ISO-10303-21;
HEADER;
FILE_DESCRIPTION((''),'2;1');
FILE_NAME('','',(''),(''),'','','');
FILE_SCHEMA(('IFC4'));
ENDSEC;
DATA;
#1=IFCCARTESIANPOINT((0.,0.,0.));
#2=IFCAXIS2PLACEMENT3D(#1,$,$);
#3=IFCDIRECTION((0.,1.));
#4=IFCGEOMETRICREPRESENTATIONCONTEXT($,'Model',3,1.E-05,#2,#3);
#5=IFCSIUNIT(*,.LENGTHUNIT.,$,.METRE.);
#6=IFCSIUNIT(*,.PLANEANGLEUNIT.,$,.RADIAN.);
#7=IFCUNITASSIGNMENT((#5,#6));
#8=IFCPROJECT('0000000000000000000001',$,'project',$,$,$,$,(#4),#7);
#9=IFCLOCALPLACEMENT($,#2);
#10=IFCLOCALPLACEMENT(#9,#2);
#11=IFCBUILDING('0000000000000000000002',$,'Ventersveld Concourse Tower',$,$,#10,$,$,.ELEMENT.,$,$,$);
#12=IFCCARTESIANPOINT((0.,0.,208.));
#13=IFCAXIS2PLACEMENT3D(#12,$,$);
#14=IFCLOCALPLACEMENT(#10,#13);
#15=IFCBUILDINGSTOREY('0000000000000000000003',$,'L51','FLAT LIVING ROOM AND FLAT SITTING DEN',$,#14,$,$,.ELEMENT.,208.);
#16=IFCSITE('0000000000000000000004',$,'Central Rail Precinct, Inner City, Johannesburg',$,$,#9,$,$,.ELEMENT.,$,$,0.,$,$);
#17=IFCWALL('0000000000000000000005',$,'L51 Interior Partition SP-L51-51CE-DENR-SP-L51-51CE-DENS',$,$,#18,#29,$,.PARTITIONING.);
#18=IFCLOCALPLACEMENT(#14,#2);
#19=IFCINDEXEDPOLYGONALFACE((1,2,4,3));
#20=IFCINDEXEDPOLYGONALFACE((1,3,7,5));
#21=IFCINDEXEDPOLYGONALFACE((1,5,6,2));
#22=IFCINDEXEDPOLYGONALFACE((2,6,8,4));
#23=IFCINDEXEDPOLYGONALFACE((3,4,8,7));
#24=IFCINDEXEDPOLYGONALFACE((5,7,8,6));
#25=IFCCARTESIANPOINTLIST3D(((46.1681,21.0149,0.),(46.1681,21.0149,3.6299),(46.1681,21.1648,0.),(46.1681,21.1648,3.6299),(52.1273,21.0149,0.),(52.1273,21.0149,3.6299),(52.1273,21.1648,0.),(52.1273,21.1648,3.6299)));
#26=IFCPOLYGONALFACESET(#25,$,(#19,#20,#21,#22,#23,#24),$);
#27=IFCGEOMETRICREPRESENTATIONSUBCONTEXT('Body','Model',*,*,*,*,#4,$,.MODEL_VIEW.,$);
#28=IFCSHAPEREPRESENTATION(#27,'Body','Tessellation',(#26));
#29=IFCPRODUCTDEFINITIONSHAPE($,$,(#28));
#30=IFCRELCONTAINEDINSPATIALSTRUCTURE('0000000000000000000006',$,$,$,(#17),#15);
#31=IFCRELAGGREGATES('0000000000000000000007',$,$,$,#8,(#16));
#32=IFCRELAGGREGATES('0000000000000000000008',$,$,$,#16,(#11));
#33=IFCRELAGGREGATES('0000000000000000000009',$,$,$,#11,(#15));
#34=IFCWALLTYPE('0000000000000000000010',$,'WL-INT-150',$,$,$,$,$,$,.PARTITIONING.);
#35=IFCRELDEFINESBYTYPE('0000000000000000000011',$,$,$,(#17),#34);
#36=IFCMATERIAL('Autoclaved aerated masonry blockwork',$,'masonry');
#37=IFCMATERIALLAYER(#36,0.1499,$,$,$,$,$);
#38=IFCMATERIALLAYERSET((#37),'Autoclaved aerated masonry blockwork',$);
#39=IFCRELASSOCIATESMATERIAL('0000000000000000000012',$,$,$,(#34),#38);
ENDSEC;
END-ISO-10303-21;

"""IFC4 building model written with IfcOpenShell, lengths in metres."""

from ifc_helpers import new_model, si_unit, direction, frame, frame_2d, origin, place, context, subcontext, project, spatial, rectangle, extrude, material, layer, layer_set, type_object, element, save


model = new_model("IFC4")

# Units and contexts
model_context = context("Model", 3, precision=1e-05, world=origin(), true_north=direction((0.0, 1.0)))
body_context = subcontext(model_context, "Body", "Model", "MODEL_VIEW")
ifc_project = project(units=[si_unit("LENGTHUNIT", "METRE"), si_unit("PLANEANGLEUNIT", "RADIAN")], contexts=[model_context])

# Site, building, storey
site_placement = place(None, origin())
site = spatial("IfcSite", under=ifc_project, at=site_placement, Name="Central Rail Precinct, Inner City, Johannesburg", CompositionType="ELEMENT", RefElevation=0.0)
building_placement = place(site_placement, origin())
building = spatial("IfcBuilding", under=site, at=building_placement, Name="Ventersveld Concourse Tower", CompositionType="ELEMENT")
storey_placement = place(building_placement, frame((0.0, 0.0, 208.0)))
storey = spatial("IfcBuildingStorey", under=building, at=storey_placement, Name="L51", Description="FLAT LIVING ROOM AND FLAT SITTING DEN", CompositionType="ELEMENT", Elevation=208.0)

# Shared definitions
ifc_material_1 = material(Name="Autoclaved aerated masonry blockwork", Category="masonry")
ifc_layer = layer(ifc_material_1, 0.1499)
ifc_layer_set = layer_set([ifc_layer], Name="Autoclaved aerated masonry blockwork")
wall_type = type_object("IfcWallType", Name="WL-INT-150", PredefinedType="PARTITIONING", material=ifc_layer_set)

# Wall
for number, where, z_axis, x_axis, name in (
    (1, (46.1682, 21.0898, 0.0), (0.0, 0.0, 1.0), (1.0, 0.0, 0.0), "L51 Interior Partition SP-L51-51CE-DENR-SP-L51-51CE-DENS"),
):
    element("IfcWall", number, at=place(storey_placement, frame(where, z_axis=z_axis, x_axis=x_axis)), inside=storey, type_object=wall_type, Name=name, PredefinedType="PARTITIONING", context=body_context, shape_type="SweptSolid", body=[
        extrude(rectangle(XDim=5.9592, YDim=0.1499, at=frame_2d((2.9795, 0.0))), origin(), (0.0, 0.0, 1.0), 3.6299),
    ])

save(model, "model.ifc")
